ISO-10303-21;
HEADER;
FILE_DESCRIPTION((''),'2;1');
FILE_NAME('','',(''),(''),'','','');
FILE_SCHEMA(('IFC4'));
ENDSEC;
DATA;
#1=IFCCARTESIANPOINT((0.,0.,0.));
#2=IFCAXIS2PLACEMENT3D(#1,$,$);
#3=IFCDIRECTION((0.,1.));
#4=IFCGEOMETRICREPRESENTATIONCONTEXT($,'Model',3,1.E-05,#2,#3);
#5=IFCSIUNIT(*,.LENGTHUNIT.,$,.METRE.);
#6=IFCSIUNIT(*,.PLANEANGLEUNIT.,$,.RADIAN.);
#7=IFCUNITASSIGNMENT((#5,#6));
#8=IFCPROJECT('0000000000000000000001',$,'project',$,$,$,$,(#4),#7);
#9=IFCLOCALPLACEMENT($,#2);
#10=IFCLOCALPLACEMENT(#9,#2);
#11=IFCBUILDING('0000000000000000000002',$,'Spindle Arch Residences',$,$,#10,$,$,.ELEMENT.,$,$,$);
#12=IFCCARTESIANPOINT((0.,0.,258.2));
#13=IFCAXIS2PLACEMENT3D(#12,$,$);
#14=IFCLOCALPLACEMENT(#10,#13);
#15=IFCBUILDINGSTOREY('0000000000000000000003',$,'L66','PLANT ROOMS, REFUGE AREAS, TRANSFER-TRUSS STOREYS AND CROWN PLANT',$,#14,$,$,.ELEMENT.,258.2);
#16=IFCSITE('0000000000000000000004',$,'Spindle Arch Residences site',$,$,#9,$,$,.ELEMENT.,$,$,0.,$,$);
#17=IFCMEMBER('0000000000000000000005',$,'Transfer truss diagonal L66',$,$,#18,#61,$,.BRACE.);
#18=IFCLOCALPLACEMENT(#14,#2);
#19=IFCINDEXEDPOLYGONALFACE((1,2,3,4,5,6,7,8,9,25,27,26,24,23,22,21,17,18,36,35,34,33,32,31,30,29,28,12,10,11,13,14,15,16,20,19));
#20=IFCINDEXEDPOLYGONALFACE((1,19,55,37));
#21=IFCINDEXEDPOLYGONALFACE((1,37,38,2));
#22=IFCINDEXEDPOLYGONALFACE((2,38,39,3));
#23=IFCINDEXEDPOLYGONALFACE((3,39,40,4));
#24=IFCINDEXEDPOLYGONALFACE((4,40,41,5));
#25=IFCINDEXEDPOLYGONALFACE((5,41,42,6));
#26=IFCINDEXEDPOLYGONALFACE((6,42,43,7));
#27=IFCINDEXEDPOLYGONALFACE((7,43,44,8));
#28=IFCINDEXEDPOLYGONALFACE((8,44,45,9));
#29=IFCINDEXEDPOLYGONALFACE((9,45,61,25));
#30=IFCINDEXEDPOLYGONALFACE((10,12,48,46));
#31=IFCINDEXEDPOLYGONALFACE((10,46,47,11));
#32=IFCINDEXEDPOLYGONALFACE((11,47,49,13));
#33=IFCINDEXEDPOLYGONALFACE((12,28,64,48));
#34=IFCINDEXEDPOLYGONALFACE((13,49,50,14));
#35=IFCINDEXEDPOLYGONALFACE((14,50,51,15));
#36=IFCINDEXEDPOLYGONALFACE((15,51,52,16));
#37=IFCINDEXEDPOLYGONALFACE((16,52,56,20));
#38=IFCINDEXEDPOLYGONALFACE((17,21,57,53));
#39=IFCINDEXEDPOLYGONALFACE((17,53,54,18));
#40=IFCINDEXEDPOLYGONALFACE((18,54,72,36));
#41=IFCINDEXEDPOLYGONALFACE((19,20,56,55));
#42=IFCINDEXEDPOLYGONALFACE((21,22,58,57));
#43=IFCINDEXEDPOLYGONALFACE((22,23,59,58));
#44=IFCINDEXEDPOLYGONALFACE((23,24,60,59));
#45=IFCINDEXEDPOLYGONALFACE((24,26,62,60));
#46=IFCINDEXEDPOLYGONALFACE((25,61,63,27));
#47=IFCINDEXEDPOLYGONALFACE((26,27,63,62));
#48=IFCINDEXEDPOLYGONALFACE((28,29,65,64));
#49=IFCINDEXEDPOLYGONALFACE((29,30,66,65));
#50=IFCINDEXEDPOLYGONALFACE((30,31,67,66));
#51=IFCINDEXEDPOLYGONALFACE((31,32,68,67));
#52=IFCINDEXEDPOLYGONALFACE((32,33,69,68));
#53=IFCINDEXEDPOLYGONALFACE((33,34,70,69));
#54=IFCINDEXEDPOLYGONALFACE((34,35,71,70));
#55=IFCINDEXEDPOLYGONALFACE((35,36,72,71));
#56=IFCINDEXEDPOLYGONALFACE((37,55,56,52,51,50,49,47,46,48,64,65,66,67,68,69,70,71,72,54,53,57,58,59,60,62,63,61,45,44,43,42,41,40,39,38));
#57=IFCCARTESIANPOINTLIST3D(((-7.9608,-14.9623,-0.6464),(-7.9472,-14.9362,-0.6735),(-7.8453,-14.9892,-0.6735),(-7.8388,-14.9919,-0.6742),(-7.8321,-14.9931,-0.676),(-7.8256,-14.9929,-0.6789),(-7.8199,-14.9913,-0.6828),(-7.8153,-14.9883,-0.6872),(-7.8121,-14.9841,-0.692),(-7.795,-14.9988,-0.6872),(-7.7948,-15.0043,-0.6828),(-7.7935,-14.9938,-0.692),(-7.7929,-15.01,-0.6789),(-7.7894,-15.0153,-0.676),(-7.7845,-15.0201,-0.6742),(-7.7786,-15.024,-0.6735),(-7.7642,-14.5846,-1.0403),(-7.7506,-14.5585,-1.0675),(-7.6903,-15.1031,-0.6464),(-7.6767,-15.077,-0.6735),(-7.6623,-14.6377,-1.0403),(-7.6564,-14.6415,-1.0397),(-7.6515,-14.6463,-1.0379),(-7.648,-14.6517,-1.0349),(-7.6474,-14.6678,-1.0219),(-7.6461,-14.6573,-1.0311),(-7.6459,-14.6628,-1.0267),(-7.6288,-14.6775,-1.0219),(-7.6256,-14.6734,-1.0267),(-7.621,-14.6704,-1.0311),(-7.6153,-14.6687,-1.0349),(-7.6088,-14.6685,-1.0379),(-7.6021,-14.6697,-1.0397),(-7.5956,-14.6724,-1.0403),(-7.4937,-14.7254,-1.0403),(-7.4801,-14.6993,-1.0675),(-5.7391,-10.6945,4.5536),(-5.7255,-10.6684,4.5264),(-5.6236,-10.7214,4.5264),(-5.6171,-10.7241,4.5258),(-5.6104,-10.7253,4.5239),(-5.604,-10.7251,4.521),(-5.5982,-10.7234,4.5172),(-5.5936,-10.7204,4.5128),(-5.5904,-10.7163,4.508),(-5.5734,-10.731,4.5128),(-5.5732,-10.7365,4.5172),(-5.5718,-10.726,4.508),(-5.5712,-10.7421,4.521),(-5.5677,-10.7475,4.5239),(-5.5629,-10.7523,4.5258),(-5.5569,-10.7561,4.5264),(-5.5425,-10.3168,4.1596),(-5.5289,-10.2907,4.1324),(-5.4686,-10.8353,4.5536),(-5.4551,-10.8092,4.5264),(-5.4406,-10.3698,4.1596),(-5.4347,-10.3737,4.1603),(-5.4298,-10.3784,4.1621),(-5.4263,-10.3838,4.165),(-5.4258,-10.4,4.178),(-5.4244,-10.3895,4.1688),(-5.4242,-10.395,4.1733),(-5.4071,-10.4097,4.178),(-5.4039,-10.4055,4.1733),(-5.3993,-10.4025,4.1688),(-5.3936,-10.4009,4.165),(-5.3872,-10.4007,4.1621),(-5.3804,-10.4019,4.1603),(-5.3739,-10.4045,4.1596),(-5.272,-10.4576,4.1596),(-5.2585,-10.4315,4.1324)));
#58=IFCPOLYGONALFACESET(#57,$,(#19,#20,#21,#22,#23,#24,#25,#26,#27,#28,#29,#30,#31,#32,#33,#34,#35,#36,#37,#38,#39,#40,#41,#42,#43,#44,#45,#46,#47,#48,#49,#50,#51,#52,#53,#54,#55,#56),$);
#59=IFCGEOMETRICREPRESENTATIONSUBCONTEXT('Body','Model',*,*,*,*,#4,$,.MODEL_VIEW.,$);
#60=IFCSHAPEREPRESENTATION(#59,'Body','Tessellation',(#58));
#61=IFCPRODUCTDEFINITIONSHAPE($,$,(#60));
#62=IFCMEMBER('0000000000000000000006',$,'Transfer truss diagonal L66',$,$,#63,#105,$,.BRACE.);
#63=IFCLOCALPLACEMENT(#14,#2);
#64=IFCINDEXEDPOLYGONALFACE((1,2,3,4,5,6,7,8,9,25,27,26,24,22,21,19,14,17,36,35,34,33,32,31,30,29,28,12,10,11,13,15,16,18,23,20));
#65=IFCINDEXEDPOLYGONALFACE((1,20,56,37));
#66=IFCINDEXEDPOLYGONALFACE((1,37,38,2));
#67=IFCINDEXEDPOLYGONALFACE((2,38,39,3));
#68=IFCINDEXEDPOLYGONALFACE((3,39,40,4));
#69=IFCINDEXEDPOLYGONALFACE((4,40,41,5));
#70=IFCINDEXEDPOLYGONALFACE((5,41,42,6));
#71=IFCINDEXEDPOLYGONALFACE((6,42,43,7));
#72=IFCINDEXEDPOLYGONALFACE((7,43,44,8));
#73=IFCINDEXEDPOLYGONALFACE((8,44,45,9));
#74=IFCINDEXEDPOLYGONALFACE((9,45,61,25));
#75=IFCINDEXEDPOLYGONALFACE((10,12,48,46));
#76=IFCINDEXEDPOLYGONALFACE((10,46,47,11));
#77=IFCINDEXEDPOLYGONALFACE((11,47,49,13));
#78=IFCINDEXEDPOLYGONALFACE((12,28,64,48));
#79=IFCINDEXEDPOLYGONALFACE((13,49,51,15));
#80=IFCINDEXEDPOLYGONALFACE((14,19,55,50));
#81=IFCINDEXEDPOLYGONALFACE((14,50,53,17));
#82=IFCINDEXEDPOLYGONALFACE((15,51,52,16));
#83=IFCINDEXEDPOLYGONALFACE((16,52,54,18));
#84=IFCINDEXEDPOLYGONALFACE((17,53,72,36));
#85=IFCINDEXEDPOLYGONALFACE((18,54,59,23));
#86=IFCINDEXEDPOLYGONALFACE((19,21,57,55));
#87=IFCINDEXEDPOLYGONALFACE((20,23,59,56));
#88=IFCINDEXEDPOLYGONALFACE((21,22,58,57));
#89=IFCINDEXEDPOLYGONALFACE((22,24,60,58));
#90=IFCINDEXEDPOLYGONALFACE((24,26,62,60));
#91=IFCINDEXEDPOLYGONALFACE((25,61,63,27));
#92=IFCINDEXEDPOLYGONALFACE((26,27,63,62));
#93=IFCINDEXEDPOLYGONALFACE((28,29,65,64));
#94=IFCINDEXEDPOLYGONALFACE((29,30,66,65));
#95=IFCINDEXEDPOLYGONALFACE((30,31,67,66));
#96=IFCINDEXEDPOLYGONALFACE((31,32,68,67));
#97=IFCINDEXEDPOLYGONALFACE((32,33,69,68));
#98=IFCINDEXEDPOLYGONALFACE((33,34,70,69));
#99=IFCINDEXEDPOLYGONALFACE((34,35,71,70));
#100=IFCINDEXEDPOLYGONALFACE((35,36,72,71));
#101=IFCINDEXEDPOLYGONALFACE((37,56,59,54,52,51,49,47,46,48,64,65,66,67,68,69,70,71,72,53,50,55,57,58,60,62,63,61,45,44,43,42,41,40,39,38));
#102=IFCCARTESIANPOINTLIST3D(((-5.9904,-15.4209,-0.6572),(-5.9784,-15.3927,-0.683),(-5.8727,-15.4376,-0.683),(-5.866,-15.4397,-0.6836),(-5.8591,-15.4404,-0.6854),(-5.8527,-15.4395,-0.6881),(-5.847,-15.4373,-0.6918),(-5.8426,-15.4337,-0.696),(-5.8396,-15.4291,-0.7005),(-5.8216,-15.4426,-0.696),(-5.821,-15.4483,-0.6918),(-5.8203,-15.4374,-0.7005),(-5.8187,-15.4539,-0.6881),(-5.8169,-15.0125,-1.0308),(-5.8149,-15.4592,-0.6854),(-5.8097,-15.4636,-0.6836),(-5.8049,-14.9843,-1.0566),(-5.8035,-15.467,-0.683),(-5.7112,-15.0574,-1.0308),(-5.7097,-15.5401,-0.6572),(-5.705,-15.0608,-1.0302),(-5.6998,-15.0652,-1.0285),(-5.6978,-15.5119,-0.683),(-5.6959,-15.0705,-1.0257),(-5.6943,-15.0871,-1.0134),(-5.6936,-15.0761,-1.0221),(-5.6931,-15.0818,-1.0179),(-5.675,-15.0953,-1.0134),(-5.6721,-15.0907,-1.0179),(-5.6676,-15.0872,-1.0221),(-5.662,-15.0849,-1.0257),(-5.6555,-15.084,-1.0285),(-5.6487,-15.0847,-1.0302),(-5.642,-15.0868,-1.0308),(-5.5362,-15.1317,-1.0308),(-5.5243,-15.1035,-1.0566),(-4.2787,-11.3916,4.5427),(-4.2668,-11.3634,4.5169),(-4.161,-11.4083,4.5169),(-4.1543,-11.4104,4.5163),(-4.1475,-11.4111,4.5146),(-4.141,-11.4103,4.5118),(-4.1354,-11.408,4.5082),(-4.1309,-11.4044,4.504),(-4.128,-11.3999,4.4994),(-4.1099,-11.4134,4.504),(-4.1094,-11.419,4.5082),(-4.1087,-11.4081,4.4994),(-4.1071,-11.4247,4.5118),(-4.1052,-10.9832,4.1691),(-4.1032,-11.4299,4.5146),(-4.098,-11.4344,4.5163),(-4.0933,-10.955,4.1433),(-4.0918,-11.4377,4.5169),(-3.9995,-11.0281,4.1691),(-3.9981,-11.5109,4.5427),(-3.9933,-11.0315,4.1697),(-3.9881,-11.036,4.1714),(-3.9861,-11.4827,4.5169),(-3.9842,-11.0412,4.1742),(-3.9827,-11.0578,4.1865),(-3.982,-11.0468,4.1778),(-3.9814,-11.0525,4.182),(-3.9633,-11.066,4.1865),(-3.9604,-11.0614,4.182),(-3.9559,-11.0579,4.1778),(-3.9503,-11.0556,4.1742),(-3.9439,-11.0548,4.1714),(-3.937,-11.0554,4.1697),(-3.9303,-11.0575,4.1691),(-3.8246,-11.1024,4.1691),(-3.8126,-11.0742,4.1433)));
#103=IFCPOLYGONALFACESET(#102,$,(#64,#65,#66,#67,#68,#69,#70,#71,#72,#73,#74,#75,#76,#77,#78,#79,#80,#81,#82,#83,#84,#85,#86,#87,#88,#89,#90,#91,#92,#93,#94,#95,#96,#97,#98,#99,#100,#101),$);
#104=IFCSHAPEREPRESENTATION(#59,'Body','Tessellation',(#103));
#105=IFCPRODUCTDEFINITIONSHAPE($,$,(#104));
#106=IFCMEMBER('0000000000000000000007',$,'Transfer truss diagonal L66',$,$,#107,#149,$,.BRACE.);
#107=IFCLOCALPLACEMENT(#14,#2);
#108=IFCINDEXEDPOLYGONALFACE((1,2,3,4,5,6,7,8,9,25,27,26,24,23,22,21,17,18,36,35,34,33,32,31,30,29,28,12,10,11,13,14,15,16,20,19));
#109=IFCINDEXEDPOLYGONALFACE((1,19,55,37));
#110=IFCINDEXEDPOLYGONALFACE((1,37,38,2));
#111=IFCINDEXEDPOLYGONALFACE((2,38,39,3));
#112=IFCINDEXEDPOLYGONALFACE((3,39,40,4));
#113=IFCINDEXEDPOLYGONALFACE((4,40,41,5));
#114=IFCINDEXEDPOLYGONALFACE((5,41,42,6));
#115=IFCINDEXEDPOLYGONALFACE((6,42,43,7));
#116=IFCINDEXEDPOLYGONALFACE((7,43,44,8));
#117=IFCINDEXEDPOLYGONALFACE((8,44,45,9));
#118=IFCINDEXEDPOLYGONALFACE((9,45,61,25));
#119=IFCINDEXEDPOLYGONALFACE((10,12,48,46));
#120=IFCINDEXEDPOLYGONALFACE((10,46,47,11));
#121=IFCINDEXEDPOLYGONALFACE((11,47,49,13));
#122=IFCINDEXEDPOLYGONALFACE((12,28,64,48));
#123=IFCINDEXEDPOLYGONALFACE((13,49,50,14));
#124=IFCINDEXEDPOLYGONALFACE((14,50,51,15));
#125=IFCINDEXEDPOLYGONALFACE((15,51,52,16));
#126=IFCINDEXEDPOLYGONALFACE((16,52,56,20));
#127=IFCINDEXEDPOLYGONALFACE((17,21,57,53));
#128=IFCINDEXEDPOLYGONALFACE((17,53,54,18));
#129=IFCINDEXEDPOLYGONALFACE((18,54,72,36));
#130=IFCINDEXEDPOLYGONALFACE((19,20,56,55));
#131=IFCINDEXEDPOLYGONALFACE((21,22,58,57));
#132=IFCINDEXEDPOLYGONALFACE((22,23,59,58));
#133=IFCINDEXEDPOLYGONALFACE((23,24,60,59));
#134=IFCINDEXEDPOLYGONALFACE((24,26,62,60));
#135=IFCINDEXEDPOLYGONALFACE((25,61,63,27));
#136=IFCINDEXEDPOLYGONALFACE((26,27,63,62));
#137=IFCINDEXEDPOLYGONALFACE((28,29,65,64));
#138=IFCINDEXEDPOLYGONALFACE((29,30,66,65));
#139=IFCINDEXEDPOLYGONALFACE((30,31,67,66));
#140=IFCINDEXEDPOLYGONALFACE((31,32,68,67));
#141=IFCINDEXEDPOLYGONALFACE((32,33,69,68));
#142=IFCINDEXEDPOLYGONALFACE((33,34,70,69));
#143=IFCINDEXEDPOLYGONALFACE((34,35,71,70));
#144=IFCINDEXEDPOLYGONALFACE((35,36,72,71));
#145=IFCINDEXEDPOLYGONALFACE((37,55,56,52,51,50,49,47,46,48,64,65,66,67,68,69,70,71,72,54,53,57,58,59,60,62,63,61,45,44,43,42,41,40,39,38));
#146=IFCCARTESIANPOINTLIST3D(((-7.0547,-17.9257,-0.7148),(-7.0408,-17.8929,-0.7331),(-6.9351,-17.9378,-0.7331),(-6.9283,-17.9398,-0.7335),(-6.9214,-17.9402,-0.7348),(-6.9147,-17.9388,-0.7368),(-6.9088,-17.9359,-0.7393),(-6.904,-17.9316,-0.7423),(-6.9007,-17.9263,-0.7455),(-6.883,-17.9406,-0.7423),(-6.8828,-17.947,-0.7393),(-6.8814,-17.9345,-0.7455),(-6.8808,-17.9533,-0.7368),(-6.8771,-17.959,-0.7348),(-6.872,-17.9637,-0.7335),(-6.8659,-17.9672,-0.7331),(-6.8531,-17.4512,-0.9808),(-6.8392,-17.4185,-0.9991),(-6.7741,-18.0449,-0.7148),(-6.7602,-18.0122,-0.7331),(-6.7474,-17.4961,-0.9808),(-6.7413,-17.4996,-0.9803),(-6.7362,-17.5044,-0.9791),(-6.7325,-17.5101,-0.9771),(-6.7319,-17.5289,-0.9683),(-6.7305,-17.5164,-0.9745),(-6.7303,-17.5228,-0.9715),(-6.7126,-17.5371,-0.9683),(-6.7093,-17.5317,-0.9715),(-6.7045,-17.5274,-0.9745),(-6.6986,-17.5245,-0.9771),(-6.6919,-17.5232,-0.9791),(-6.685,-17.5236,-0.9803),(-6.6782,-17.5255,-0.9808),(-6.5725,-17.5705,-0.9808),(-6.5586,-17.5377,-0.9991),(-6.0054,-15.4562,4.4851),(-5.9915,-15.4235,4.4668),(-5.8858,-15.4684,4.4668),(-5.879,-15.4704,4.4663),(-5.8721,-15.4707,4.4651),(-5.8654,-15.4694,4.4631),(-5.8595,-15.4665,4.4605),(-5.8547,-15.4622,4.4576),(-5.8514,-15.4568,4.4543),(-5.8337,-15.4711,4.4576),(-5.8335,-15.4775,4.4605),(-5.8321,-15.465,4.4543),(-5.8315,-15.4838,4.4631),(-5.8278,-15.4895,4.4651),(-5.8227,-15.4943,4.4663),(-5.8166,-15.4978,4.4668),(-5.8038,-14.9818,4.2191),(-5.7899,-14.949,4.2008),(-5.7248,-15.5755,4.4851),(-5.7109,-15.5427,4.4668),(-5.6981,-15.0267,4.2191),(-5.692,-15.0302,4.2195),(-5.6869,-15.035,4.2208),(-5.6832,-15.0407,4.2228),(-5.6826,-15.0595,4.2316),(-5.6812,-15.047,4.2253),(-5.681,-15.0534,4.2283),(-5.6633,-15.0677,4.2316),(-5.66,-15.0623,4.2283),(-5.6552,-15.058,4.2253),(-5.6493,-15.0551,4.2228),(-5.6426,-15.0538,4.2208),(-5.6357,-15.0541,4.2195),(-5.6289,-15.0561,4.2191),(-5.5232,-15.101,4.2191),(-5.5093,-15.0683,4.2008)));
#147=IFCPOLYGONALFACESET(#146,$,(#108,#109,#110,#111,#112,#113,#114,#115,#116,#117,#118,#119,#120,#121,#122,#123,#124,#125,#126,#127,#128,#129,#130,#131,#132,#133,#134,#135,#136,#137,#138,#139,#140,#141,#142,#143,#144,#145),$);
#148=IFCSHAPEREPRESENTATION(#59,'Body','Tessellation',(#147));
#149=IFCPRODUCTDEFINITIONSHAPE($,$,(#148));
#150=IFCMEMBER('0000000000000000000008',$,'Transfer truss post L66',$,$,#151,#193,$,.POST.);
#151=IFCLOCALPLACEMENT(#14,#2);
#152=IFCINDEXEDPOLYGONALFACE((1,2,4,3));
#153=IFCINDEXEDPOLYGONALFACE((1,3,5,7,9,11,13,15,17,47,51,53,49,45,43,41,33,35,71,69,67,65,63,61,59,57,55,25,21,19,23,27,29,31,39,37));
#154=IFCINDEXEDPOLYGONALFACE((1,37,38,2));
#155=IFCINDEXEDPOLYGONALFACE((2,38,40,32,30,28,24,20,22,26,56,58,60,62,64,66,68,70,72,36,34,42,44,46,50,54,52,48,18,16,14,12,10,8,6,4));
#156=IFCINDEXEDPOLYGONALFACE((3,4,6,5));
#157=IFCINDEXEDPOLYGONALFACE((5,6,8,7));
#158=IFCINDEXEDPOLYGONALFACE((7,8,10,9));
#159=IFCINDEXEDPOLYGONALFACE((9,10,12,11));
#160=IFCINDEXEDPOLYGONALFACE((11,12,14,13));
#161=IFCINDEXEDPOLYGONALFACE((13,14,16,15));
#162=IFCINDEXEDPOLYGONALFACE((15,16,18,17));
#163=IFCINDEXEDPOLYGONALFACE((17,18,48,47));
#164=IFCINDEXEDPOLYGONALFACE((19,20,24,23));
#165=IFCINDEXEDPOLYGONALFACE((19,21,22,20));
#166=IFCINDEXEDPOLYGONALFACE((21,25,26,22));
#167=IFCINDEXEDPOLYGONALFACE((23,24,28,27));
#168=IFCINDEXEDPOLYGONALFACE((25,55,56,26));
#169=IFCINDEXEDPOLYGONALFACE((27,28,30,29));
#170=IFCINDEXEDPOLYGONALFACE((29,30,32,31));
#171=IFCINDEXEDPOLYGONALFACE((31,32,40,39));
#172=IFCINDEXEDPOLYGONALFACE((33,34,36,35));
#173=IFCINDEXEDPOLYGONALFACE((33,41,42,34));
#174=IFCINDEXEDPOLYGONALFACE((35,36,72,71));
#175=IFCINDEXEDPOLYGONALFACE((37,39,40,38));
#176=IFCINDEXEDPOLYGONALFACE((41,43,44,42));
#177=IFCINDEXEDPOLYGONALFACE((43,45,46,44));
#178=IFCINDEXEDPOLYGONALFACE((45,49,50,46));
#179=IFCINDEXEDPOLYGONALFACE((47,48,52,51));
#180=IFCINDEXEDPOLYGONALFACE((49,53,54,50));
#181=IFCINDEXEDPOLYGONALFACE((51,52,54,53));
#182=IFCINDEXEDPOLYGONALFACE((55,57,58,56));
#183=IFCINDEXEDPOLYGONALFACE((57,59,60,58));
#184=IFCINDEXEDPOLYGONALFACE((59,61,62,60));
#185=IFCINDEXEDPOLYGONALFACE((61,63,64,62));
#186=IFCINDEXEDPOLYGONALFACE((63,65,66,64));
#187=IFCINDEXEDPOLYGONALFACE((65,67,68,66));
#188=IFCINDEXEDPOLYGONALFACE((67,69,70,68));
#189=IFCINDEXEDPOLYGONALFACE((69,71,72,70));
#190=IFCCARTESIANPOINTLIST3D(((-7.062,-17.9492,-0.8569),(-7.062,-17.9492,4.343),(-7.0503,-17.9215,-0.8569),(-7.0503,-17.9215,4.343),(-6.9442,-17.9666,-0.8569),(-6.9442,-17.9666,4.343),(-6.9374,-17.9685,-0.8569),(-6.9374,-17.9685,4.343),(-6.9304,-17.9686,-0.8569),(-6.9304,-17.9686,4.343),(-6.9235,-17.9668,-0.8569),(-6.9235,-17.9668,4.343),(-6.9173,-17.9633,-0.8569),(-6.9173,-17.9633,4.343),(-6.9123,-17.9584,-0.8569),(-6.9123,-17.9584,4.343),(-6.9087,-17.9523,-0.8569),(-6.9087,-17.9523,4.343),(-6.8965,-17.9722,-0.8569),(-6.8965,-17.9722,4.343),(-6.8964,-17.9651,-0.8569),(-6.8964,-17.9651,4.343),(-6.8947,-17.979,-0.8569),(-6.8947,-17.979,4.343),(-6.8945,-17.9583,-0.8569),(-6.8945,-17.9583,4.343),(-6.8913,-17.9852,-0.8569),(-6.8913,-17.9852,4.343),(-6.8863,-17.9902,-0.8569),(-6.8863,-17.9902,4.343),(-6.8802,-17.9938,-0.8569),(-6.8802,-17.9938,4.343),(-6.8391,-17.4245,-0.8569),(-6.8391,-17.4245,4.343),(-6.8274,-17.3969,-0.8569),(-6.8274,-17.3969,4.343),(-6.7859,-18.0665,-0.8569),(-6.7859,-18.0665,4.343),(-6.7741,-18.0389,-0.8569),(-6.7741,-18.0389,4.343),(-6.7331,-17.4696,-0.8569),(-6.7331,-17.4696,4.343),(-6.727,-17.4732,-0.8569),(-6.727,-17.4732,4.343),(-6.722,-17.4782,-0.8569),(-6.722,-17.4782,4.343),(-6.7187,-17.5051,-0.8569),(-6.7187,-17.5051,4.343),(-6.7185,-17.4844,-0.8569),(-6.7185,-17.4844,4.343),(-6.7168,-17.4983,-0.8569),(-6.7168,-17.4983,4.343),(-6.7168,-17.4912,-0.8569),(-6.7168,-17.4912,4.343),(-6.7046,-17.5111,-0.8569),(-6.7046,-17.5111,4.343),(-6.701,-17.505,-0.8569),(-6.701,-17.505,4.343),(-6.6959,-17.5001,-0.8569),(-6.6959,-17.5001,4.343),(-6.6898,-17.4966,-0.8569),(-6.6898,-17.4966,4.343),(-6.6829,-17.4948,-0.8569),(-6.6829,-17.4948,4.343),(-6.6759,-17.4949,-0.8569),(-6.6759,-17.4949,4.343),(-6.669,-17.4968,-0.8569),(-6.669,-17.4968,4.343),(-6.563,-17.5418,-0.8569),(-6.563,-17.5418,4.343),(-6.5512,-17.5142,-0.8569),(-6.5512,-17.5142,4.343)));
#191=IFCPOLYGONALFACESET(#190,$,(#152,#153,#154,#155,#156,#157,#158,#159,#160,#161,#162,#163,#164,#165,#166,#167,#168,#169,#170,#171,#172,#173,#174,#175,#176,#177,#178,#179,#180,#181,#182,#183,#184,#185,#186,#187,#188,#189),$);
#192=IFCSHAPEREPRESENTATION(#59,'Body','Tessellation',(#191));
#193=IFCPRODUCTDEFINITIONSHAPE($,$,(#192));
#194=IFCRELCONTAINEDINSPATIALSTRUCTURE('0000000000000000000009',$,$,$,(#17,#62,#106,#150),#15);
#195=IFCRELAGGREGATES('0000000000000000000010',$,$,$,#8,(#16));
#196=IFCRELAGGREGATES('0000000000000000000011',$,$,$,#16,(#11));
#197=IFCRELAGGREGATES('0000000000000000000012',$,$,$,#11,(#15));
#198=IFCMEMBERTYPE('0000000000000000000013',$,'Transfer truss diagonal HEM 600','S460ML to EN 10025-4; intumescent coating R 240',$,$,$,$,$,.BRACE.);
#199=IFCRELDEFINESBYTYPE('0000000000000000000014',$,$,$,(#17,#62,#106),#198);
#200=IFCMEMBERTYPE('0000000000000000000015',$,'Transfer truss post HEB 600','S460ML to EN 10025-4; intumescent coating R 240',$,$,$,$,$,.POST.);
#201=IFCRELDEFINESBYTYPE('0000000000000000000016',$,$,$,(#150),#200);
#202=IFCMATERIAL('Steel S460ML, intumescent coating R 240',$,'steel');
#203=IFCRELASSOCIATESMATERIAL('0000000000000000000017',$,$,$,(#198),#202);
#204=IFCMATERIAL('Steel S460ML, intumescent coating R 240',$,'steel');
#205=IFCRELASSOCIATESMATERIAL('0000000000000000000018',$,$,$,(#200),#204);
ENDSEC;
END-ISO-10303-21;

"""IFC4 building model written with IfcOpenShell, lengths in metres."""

from ifc_helpers import new_model, si_unit, direction, frame, origin, origin_2d, place, context, subcontext, project, spatial, i_section, extrude, material, material_profile, profile_set, type_object, element, save


model = new_model("IFC4")

# Units and contexts
model_context = context("Model", 3, precision=1e-05, world=origin(), true_north=direction((0.0, 1.0)))
body_context = subcontext(model_context, "Body", "Model", "MODEL_VIEW")
ifc_project = project(units=[si_unit("LENGTHUNIT", "METRE"), si_unit("PLANEANGLEUNIT", "RADIAN")], contexts=[model_context])

# Site, building, storey
site_placement = place(None, origin())
site = spatial("IfcSite", under=ifc_project, at=site_placement, Name="Spindle Arch Residences site", CompositionType="ELEMENT", RefElevation=0.0)
building_placement = place(site_placement, origin())
building = spatial("IfcBuilding", under=site, at=building_placement, Name="Spindle Arch Residences", CompositionType="ELEMENT")
storey_placement = place(building_placement, frame((0.0, 0.0, 258.2)))
storey = spatial("IfcBuildingStorey", under=building, at=storey_placement, Name="L66", Description="PLANT ROOMS, REFUGE AREAS, TRANSFER-TRUSS STOREYS AND CROWN PLANT", CompositionType="ELEMENT", Elevation=258.2)

# Members
ifc_material_1 = material(Name="Steel S460ML, intumescent coating R 240", Category="steel")
ifc_material_profile_1 = material_profile(ifc_material_1, i_section(OverallWidth=0.3049, OverallDepth=0.6201, WebThickness=0.021, FlangeThickness=0.04, FilletRadius=0.0271, at=origin_2d()), Name="HEM 600")
ifc_profile_set_1 = profile_set([ifc_material_profile_1], Name="Steel S460ML, intumescent coating R 240")
member_type_1 = type_object("IfcMemberType", Name="Transfer truss diagonal HEM 600", Description="S460ML to EN 10025-4; intumescent coating R 240", PredefinedType="BRACE", material=ifc_profile_set_1)
member_1_placement = place(storey_placement, frame((-7.7205, -14.8308, -0.8569), z_axis=(0.313599, 0.60242, 0.733993), x_axis=(-0.887012, 0.461747, 0.0)))
element("IfcMember", 1, at=member_1_placement, inside=storey, type_object=member_type_1, Name="Transfer truss diagonal L66", PredefinedType="BRACE", context=body_context, shape_type="SweptSolid", body=[
    extrude(i_section(OverallWidth=0.3049, OverallDepth=0.6201, WebThickness=0.021, FlangeThickness=0.04, FilletRadius=0.0271, at=origin_2d()), origin(), (0.0, 0.0, 1.0), 7.0845),
])
member_2_placement = place(storey_placement, frame((-5.7573, -15.2622, -0.8569), z_axis=(0.251813, 0.592771, 0.764992), x_axis=(-0.920395, 0.390989, 0.0)))
element("IfcMember", 2, at=member_2_placement, inside=storey, type_object=member_type_1, Name="Transfer truss diagonal L66", PredefinedType="BRACE", context=body_context, shape_type="SweptSolid", body=[
    extrude(i_section(OverallWidth=0.3049, OverallDepth=0.6201, WebThickness=0.021, FlangeThickness=0.04, FilletRadius=0.0271, at=origin_2d()), origin(), (0.0, 0.0, 1.0), 6.7974),
])
member_3_placement = place(storey_placement, frame((-6.8066, -17.7317, -0.8569), z_axis=(0.179327, 0.422033, 0.888668), x_axis=(-0.92036, 0.391073, 0.0)))
element("IfcMember", 3, at=member_3_placement, inside=storey, type_object=member_type_1, Name="Transfer truss diagonal L66", PredefinedType="BRACE", context=body_context, shape_type="SweptSolid", body=[
    extrude(i_section(OverallWidth=0.3049, OverallDepth=0.6201, WebThickness=0.021, FlangeThickness=0.04, FilletRadius=0.0271, at=origin_2d()), origin(), (0.0, 0.0, 1.0), 5.8513),
])
ifc_material_2 = material(Name="Steel S460ML, intumescent coating R 240", Category="steel")
ifc_material_profile_2 = material_profile(ifc_material_2, i_section(OverallWidth=0.3, OverallDepth=0.6001, WebThickness=0.0154, FlangeThickness=0.03, FilletRadius=0.0271, at=origin_2d()), Name="HEB 600")
ifc_profile_set_2 = profile_set([ifc_material_profile_2], Name="Steel S460ML, intumescent coating R 240")
member_type_2 = type_object("IfcMemberType", Name="Transfer truss post HEB 600", Description="S460ML to EN 10025-4; intumescent coating R 240", PredefinedType="POST", material=ifc_profile_set_2)
member_4_placement = place(storey_placement, frame((-6.8066, -17.7317, -0.8569), z_axis=(0.0, 0.0, 1.0), x_axis=(-0.920382, 0.391021, 0.0)))
element("IfcMember", 4, at=member_4_placement, inside=storey, type_object=member_type_2, Name="Transfer truss post L66", PredefinedType="POST", context=body_context, shape_type="SweptSolid", body=[
    extrude(i_section(OverallWidth=0.3, OverallDepth=0.6001, WebThickness=0.0154, FlangeThickness=0.03, FilletRadius=0.0271, at=origin_2d()), origin(), (0.0, 0.0, 1.0), 5.2),
])

save(model, "model.ifc")
